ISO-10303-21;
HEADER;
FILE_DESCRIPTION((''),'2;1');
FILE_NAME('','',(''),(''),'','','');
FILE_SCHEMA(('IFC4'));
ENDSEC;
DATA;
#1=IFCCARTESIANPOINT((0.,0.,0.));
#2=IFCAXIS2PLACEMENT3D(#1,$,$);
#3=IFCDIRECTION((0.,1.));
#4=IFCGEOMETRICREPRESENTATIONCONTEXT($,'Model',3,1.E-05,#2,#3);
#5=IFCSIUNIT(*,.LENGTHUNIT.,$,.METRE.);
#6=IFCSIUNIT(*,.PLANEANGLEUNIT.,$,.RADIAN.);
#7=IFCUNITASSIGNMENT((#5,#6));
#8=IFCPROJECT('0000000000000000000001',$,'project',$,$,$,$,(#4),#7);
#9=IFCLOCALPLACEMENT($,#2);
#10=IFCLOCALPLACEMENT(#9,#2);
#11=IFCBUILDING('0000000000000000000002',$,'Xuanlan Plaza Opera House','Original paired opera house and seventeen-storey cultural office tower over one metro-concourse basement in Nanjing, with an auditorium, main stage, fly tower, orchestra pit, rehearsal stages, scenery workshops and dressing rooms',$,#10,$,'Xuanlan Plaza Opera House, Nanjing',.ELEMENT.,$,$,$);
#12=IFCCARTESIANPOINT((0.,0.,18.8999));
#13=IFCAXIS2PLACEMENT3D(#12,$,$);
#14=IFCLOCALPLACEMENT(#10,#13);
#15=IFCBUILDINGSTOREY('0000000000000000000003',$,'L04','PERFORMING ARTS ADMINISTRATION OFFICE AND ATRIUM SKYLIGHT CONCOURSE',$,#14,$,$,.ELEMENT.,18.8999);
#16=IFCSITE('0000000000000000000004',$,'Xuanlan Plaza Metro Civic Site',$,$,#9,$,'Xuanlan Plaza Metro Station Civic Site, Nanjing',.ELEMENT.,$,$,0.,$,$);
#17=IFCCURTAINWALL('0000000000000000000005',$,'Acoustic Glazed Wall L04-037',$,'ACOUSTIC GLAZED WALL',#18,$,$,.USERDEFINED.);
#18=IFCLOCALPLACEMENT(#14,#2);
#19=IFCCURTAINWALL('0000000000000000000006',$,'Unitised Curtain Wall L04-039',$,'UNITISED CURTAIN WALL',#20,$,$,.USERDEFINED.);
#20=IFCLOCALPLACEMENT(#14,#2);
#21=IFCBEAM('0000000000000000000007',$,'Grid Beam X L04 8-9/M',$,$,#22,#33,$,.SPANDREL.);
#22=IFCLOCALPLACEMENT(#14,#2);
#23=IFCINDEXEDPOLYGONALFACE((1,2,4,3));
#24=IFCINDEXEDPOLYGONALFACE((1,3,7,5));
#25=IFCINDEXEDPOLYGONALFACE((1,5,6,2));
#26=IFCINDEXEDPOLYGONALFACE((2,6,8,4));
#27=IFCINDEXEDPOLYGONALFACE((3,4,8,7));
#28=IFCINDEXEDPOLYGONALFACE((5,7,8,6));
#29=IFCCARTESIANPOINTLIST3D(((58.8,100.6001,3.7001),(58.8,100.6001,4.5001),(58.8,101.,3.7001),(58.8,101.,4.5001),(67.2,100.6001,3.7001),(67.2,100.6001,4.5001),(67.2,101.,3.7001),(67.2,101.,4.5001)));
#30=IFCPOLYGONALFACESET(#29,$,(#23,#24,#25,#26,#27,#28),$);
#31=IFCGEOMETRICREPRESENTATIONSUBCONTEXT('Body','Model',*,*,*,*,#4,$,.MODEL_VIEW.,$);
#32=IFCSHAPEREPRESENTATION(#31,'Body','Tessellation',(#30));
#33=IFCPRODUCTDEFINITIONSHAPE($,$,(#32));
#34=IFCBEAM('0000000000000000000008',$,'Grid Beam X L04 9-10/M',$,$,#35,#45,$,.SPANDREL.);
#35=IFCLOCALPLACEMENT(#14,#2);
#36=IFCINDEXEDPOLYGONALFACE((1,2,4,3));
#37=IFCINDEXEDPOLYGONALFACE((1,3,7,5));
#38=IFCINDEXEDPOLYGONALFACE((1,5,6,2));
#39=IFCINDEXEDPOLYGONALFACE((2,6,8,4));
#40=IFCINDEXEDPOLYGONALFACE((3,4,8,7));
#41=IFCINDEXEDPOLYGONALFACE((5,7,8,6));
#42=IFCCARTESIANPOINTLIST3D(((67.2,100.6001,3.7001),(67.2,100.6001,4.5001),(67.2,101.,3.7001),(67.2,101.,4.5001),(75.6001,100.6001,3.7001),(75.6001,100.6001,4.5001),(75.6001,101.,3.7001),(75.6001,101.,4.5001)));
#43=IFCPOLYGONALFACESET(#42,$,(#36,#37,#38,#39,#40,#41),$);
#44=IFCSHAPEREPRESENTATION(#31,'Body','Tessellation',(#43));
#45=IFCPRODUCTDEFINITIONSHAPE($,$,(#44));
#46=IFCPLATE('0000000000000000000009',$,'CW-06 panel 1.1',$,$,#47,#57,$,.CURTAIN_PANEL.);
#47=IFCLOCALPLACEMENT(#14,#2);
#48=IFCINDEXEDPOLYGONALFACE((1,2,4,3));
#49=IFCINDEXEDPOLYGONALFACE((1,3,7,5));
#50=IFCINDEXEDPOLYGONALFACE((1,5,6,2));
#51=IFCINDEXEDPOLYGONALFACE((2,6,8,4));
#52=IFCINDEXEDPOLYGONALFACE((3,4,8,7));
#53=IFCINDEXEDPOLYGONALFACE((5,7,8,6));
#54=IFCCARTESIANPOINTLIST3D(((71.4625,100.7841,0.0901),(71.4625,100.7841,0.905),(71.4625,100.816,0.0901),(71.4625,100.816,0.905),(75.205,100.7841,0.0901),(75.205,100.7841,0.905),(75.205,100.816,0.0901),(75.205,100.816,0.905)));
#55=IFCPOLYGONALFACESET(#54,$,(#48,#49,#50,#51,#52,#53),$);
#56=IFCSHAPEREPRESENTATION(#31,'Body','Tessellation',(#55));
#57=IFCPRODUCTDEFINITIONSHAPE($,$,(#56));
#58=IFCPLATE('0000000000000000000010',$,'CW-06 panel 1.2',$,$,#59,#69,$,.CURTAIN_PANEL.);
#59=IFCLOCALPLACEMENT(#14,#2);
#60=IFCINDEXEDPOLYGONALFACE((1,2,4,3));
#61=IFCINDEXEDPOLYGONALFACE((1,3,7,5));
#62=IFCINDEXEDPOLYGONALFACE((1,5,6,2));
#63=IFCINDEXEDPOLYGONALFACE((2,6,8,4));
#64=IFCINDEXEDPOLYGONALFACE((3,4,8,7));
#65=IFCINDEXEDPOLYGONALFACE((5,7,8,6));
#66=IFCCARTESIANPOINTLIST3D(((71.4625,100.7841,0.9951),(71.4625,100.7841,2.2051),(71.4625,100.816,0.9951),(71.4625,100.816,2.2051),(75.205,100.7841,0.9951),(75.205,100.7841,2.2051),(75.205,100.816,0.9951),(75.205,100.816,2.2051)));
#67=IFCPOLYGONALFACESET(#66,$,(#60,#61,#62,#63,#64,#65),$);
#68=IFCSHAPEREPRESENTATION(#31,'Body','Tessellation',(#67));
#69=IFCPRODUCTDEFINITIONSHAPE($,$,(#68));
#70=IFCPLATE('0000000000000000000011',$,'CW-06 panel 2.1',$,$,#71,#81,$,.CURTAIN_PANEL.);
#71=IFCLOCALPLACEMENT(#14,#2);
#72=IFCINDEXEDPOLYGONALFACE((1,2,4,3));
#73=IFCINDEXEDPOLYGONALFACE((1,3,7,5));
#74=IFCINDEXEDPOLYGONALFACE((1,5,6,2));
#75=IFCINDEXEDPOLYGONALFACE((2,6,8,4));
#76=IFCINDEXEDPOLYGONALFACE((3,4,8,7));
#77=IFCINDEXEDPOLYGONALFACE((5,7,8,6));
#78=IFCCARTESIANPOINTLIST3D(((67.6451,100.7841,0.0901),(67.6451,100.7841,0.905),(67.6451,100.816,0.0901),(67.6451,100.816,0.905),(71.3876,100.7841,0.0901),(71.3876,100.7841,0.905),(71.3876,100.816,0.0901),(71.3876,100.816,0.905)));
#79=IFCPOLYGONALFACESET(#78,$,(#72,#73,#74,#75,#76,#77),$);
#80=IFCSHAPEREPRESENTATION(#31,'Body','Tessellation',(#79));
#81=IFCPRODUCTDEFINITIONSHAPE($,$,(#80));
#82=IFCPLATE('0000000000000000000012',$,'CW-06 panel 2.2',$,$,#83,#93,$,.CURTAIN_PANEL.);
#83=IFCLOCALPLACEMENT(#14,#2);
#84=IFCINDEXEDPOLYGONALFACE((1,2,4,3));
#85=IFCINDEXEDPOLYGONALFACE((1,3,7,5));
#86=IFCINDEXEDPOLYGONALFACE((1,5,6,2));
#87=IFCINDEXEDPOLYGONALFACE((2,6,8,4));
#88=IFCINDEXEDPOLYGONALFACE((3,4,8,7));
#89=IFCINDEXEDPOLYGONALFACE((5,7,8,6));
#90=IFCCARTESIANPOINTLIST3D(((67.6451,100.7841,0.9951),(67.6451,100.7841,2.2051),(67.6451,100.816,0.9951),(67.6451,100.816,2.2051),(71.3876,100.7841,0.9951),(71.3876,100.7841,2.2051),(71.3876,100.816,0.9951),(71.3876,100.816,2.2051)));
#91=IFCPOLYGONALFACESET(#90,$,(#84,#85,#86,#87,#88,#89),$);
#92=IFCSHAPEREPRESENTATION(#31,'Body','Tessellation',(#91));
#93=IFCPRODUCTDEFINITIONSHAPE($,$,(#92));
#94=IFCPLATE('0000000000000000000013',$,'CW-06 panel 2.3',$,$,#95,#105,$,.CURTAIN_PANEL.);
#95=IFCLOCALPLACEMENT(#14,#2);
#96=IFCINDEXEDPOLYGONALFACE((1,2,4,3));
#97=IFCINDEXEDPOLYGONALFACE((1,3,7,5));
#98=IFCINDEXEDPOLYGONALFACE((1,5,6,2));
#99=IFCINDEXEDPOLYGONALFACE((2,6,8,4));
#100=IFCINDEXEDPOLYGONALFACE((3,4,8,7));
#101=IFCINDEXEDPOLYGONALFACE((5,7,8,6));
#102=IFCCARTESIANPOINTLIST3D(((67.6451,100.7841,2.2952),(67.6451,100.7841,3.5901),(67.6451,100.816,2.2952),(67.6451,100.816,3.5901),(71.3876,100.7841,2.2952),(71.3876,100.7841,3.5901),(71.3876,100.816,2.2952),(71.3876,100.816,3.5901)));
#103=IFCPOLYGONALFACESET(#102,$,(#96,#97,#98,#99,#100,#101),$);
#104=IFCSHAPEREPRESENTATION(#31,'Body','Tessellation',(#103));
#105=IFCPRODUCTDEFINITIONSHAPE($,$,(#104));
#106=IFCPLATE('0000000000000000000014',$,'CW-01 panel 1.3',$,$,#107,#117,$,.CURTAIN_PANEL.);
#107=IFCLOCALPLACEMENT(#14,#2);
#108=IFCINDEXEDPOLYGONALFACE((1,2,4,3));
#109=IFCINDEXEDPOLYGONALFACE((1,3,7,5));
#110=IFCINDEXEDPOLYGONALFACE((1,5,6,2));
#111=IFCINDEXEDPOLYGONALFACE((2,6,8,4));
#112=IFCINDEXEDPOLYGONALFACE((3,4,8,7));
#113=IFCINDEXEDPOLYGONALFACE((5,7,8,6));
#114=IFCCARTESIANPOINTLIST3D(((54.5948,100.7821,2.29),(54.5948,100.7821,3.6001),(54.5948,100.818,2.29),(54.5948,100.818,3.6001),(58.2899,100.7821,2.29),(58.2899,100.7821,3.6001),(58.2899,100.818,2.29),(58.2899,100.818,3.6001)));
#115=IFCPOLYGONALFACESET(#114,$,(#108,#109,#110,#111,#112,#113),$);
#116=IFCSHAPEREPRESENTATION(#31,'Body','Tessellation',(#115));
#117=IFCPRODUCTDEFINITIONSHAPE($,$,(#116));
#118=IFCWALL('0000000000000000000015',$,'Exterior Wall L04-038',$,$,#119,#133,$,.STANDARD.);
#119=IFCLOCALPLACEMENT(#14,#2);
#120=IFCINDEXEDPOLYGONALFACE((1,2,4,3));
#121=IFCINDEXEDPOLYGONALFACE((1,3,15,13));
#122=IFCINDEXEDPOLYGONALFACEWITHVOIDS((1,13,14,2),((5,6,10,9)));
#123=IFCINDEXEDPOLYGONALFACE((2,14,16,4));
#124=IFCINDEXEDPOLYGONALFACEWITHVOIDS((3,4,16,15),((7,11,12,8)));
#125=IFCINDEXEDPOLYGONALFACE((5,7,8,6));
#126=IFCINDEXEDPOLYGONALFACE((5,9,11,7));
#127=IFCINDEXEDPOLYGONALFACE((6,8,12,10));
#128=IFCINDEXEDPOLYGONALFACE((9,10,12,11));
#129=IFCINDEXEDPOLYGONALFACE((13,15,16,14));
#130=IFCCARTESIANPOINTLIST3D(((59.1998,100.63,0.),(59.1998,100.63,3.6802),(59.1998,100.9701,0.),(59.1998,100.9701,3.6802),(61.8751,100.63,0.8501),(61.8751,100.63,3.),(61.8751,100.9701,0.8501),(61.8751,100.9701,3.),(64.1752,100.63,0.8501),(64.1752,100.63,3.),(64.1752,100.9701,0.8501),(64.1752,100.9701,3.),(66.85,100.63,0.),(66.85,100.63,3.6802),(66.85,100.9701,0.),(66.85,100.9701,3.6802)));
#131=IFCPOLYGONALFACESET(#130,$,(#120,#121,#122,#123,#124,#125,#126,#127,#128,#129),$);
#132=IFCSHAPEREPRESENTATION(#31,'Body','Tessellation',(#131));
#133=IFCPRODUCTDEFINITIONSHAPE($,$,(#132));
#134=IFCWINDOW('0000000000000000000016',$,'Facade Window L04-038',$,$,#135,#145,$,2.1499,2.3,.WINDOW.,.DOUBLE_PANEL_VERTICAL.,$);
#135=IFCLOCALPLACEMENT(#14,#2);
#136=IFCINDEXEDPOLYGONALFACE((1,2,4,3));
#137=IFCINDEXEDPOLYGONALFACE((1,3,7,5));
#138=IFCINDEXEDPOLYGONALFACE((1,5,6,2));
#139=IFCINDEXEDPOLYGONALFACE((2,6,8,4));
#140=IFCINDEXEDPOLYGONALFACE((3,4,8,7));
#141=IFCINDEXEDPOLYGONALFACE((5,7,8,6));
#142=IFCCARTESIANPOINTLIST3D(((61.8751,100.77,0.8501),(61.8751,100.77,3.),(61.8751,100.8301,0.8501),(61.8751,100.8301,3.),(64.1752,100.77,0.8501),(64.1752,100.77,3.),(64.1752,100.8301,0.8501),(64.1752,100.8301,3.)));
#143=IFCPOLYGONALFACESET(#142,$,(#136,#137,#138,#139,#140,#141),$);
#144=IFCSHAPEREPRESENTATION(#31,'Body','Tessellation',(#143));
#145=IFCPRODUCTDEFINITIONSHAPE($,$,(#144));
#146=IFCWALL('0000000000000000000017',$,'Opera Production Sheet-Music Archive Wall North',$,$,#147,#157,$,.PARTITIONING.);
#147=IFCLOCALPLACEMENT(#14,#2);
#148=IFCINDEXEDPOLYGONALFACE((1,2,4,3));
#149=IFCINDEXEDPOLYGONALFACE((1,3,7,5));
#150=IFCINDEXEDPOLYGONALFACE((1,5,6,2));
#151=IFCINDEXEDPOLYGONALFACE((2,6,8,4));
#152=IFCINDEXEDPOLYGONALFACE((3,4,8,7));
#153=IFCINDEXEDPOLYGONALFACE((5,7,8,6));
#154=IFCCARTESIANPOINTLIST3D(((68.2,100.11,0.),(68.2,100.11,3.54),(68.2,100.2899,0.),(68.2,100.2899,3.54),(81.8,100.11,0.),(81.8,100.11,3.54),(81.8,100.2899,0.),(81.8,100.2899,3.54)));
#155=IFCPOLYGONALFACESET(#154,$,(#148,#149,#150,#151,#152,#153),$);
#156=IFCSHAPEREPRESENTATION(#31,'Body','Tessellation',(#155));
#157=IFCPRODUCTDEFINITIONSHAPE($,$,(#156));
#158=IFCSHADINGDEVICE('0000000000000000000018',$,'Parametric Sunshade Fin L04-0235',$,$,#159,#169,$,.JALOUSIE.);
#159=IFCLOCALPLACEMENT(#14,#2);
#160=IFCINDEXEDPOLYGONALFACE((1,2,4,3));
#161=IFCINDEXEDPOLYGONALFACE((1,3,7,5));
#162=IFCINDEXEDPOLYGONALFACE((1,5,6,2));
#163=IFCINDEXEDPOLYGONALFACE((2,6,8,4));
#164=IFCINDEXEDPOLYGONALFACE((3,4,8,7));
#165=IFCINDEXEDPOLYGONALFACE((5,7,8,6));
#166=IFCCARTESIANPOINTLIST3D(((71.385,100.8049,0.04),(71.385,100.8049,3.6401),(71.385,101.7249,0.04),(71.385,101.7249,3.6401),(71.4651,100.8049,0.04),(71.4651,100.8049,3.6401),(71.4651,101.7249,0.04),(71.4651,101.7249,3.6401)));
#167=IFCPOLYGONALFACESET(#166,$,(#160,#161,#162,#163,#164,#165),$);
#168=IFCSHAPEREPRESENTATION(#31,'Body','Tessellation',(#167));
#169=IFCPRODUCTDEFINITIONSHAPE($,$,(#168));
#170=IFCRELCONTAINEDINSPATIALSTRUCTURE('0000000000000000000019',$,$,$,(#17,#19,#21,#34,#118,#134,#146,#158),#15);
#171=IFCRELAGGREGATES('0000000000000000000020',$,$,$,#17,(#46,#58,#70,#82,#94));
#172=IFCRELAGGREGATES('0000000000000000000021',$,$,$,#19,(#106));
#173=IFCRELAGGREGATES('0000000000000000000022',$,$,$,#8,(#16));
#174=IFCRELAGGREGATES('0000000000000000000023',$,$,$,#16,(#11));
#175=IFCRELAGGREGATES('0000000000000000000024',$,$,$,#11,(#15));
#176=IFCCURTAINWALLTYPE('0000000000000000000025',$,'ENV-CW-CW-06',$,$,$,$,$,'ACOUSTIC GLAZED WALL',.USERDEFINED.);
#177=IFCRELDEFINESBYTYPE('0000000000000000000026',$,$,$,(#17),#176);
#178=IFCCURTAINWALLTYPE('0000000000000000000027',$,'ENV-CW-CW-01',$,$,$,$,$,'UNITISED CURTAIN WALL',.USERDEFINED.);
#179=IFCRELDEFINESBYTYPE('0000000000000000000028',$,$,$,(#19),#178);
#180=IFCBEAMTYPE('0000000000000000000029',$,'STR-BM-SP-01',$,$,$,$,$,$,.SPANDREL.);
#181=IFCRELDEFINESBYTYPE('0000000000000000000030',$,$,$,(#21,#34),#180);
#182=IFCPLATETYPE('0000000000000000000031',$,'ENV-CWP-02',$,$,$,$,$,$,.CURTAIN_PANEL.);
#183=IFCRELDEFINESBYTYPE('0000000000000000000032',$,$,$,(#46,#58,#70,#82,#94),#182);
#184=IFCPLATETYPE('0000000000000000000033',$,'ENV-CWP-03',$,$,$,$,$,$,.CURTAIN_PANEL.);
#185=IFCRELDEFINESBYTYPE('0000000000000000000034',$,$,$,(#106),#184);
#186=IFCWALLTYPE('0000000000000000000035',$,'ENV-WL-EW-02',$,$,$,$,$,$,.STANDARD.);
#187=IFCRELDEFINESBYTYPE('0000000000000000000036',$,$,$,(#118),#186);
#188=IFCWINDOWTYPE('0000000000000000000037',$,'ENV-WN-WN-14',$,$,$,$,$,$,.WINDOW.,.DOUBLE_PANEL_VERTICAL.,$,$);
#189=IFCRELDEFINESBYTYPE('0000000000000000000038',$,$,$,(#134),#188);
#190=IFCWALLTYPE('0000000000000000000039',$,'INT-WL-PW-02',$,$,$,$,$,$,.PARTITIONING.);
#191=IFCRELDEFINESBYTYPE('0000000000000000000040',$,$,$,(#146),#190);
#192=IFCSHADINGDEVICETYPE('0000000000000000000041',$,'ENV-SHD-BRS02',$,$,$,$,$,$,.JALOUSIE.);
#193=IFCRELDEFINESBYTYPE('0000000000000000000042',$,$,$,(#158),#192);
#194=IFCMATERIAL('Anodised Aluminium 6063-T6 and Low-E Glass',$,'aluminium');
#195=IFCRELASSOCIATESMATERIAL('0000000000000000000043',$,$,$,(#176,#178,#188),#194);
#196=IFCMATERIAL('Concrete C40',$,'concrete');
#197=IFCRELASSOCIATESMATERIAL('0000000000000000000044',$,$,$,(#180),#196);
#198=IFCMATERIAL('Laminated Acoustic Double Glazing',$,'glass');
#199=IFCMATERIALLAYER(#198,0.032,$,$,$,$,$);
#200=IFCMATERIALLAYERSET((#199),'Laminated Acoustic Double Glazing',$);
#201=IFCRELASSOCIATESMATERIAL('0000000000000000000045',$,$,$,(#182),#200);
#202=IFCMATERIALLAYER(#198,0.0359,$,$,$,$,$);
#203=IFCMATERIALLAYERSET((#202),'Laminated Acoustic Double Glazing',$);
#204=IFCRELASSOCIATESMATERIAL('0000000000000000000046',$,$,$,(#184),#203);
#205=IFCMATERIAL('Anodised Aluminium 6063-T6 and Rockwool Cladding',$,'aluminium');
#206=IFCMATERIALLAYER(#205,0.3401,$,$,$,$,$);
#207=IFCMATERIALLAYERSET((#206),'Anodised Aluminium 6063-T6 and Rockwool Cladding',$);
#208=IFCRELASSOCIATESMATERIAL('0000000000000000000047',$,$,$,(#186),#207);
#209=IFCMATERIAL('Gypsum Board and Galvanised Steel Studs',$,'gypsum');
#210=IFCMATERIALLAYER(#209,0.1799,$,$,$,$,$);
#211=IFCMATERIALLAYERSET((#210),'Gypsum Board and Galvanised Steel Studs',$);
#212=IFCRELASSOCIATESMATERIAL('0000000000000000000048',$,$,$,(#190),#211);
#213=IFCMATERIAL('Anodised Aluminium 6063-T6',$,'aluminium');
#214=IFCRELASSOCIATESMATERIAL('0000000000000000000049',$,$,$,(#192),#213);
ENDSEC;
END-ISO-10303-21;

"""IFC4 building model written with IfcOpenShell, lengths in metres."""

from ifc_helpers import new_model, si_unit, direction, frame, frame_2d, origin, origin_2d, place, context, subcontext, project, spatial, rectangle, extrude, material, layer, layer_set, material_profile, profile_set, type_object, element, fill, aggregate, save


model = new_model("IFC4")

# Units and contexts
model_context = context("Model", 3, precision=1e-05, world=origin(), true_north=direction((0.0, 1.0)))
body_context = subcontext(model_context, "Body", "Model", "MODEL_VIEW")
ifc_project = project(units=[si_unit("LENGTHUNIT", "METRE"), si_unit("PLANEANGLEUNIT", "RADIAN")], contexts=[model_context])

# Site, building, storey
site_placement = place(None, origin())
site = spatial("IfcSite", under=ifc_project, at=site_placement, Name="Xuanlan Plaza Metro Civic Site", LongName="Xuanlan Plaza Metro Station Civic Site, Nanjing", CompositionType="ELEMENT", RefElevation=0.0)
building_placement = place(site_placement, origin())
building = spatial("IfcBuilding", under=site, at=building_placement, Name="Xuanlan Plaza Opera House", Description="Original paired opera house and seventeen-storey cultural office tower over one metro-concourse basement in Nanjing, with an auditorium, main stage, fly tower, orchestra pit, rehearsal stages, scenery workshops and dressing rooms", LongName="Xuanlan Plaza Opera House, Nanjing", CompositionType="ELEMENT")
storey_placement = place(building_placement, frame((0.0, 0.0, 18.8999)))
storey = spatial("IfcBuildingStorey", under=building, at=storey_placement, Name="L04", Description="PERFORMING ARTS ADMINISTRATION OFFICE AND ATRIUM SKYLIGHT CONCOURSE", CompositionType="ELEMENT", Elevation=18.8999)

# Shared definitions
ifc_material_1 = material(Name="Concrete C40", Category="concrete")

# Curtain walls
ifc_material_2 = material(Name="Anodised Aluminium 6063-T6 and Low-E Glass", Category="aluminium")
curtain_wall_type_1 = type_object("IfcCurtainWallType", Name="ENV-CW-CW-06", ElementType="ACOUSTIC GLAZED WALL", PredefinedType="USERDEFINED", material=ifc_material_2)
curtain_wall_1_placement = place(storey_placement, origin())
curtain_wall_1 = element("IfcCurtainWall", 1, at=curtain_wall_1_placement, inside=storey, type_object=curtain_wall_type_1, Name="Acoustic Glazed Wall L04-037", ObjectType="ACOUSTIC GLAZED WALL", PredefinedType="USERDEFINED")
ifc_material_3 = material(Name="Anodised Aluminium 6063-T6", Category="aluminium")
curtain_wall_type_2 = type_object("IfcCurtainWallType", Name="ENV-CW-CW-01", ElementType="UNITISED CURTAIN WALL", PredefinedType="USERDEFINED", material=ifc_material_2)
curtain_wall_2_placement = place(storey_placement, origin())
curtain_wall_2 = element("IfcCurtainWall", 2, at=curtain_wall_2_placement, inside=storey, type_object=curtain_wall_type_2, Name="Unitised Curtain Wall L04-039", ObjectType="UNITISED CURTAIN WALL", PredefinedType="USERDEFINED")

# Beams
ifc_material_profile_1 = material_profile(ifc_material_1, rectangle(XDim=0.3999, YDim=0.8, at=origin_2d()), Name="RC-SPD 400x800")
ifc_profile_set_1 = profile_set([ifc_material_profile_1], Name="Concrete C40")
beam_type = type_object("IfcBeamType", Name="STR-BM-SP-01", PredefinedType="SPANDREL", material=ifc_profile_set_1)
beam_1_placement = place(storey_placement, frame((58.8, 100.8, 4.1001), z_axis=(1.0, 0.0, 0.0), x_axis=(0.0, 1.0, 0.0)))
element("IfcBeam", 3, at=beam_1_placement, inside=storey, type_object=beam_type, Name="Grid Beam X L04 8-9/M", PredefinedType="SPANDREL", context=body_context, shape_type="SweptSolid", body=[
    extrude(rectangle(XDim=0.3999, YDim=0.8, at=origin_2d()), origin(), (0.0, 0.0, 1.0), 8.3999),
])
beam_2_placement = place(storey_placement, frame((67.2, 100.8, 4.1001), z_axis=(1.0, 0.0, 0.0), x_axis=(0.0, 1.0, 0.0)))
element("IfcBeam", 4, at=beam_2_placement, inside=storey, type_object=beam_type, Name="Grid Beam X L04 9-10/M", PredefinedType="SPANDREL", context=body_context, shape_type="SweptSolid", body=[
    extrude(rectangle(XDim=0.3999, YDim=0.8, at=origin_2d()), origin(), (0.0, 0.0, 1.0), 8.4001),
])

# Plates
ifc_material_4 = material(Name="Laminated Acoustic Double Glazing", Category="glass")
ifc_layer_1 = layer(ifc_material_4, 0.032)
ifc_layer_set_1 = layer_set([ifc_layer_1], Name="Laminated Acoustic Double Glazing")
plate_type_1 = type_object("IfcPlateType", Name="ENV-CWP-02", PredefinedType="CURTAIN_PANEL", material=ifc_layer_set_1)
plate_1_placement = place(storey_placement, frame((73.3337, 100.8, 0.0901), z_axis=(0.0, 0.0, 1.0), x_axis=(-1.0, 0.0, 0.0)))
plate_1 = element("IfcPlate", 5, at=plate_1_placement, type_object=plate_type_1, Name="CW-06 panel 1.1", PredefinedType="CURTAIN_PANEL", context=body_context, shape_type="SweptSolid", body=[
    extrude(rectangle(XDim=3.7424, YDim=0.032, at=origin_2d()), origin(), (0.0, 0.0, 1.0), 0.8149),
])
plate_2_placement = place(storey_placement, frame((73.3337, 100.8, 0.9951), z_axis=(0.0, 0.0, 1.0), x_axis=(-1.0, 0.0, 0.0)))
plate_2 = element("IfcPlate", 6, at=plate_2_placement, type_object=plate_type_1, Name="CW-06 panel 1.2", PredefinedType="CURTAIN_PANEL", context=body_context, shape_type="SweptSolid", body=[
    extrude(rectangle(XDim=3.7424, YDim=0.032, at=origin_2d()), origin(), (0.0, 0.0, 1.0), 1.21),
])
plate_3_placement = place(storey_placement, frame((69.5164, 100.8, 0.0901), z_axis=(0.0, 0.0, 1.0), x_axis=(-1.0, 0.0, 0.0)))
plate_3 = element("IfcPlate", 7, at=plate_3_placement, type_object=plate_type_1, Name="CW-06 panel 2.1", PredefinedType="CURTAIN_PANEL", context=body_context, shape_type="SweptSolid", body=[
    extrude(rectangle(XDim=3.7424, YDim=0.032, at=origin_2d()), origin(), (0.0, 0.0, 1.0), 0.8149),
])
plate_4_placement = place(storey_placement, frame((69.5164, 100.8, 0.9951), z_axis=(0.0, 0.0, 1.0), x_axis=(-1.0, 0.0, 0.0)))
plate_4 = element("IfcPlate", 8, at=plate_4_placement, type_object=plate_type_1, Name="CW-06 panel 2.2", PredefinedType="CURTAIN_PANEL", context=body_context, shape_type="SweptSolid", body=[
    extrude(rectangle(XDim=3.7424, YDim=0.032, at=origin_2d()), origin(), (0.0, 0.0, 1.0), 1.21),
])
plate_5_placement = place(storey_placement, frame((69.5164, 100.8, 2.2952), z_axis=(0.0, 0.0, 1.0), x_axis=(-1.0, 0.0, 0.0)))
plate_5 = element("IfcPlate", 9, at=plate_5_placement, type_object=plate_type_1, Name="CW-06 panel 2.3", PredefinedType="CURTAIN_PANEL", context=body_context, shape_type="SweptSolid", body=[
    extrude(rectangle(XDim=3.7424, YDim=0.032, at=origin_2d()), origin(), (0.0, 0.0, 1.0), 1.2949),
])
aggregate(curtain_wall_1, [plate_1, plate_2, plate_3, plate_4, plate_5])
ifc_layer_2 = layer(ifc_material_4, 0.0359)
ifc_layer_set_2 = layer_set([ifc_layer_2], Name="Laminated Acoustic Double Glazing")
plate_type_2 = type_object("IfcPlateType", Name="ENV-CWP-03", PredefinedType="CURTAIN_PANEL", material=ifc_layer_set_2)
plate_6_placement = place(storey_placement, frame((56.4424, 100.8, 2.29), z_axis=(0.0, 0.0, 1.0), x_axis=(-1.0, 0.0, 0.0)))
plate_6 = element("IfcPlate", 10, at=plate_6_placement, type_object=plate_type_2, Name="CW-01 panel 1.3", PredefinedType="CURTAIN_PANEL", context=body_context, shape_type="SweptSolid", body=[
    extrude(rectangle(XDim=3.6951, YDim=0.0359, at=origin_2d()), origin(), (0.0, 0.0, 1.0), 1.3101),
])
aggregate(curtain_wall_2, [plate_6])

# Wall, opening, window
ifc_material_5 = material(Name="Anodised Aluminium 6063-T6 and Rockwool Cladding", Category="aluminium")
ifc_layer_3 = layer(ifc_material_5, 0.3401)
ifc_layer_set_3 = layer_set([ifc_layer_3], Name="Anodised Aluminium 6063-T6 and Rockwool Cladding")
wall_type_1 = type_object("IfcWallType", Name="ENV-WL-EW-02", PredefinedType="STANDARD", material=ifc_layer_set_3)
wall_1_placement = place(storey_placement, frame((66.8501, 100.8, 0.0), z_axis=(0.0, 0.0, 1.0), x_axis=(-1.0, 0.0, 0.0)))
wall_1 = element("IfcWall", 11, at=wall_1_placement, inside=storey, type_object=wall_type_1, Name="Exterior Wall L04-038", PredefinedType="STANDARD", context=body_context, shape_type="SweptSolid", body=[
    extrude(rectangle(XDim=7.6501, YDim=0.3401, at=frame_2d((3.8252, 0.0))), origin(), (0.0, 0.0, 1.0), 3.6802),
])
opening_placement = place(wall_1_placement, frame((2.675, 0.0, 0.8501)))
opening = element("IfcOpeningElement", 12, at=opening_placement, cuts=wall_1, PredefinedType="OPENING", context=body_context, shape_type="SweptSolid", body=[
    extrude(rectangle(XDim=2.3, YDim=2.1499, at=frame_2d((1.1499, 1.075))), frame((0.0, 0.1799, 0.0), z_axis=(0.0, -1.0, 0.0), x_axis=(1.0, 0.0, 0.0)), (0.0, 0.0, 1.0), 0.3601),
])
window_type = type_object("IfcWindowType", Name="ENV-WN-WN-14", PartitioningType="DOUBLE_PANEL_VERTICAL", PredefinedType="WINDOW", material=ifc_material_2)
window_placement = place(opening_placement, origin())
window = element("IfcWindow", 13, at=window_placement, inside=storey, type_object=window_type, Name="Facade Window L04-038", OverallHeight=2.1499, OverallWidth=2.3, PartitioningType="DOUBLE_PANEL_VERTICAL", PredefinedType="WINDOW", context=body_context, shape_type="SweptSolid", body=[
    extrude(rectangle(XDim=2.3, YDim=2.1499, at=frame_2d((1.1499, 1.075))), frame((0.0, 0.03, 0.0), z_axis=(0.0, -1.0, 0.0), x_axis=(1.0, 0.0, 0.0)), (0.0, 0.0, 1.0), 0.0601),
])
fill(opening, window)

# Wall
ifc_material_6 = material(Name="Gypsum Board and Galvanised Steel Studs", Category="gypsum")
ifc_layer_4 = layer(ifc_material_6, 0.1799)
ifc_layer_set_4 = layer_set([ifc_layer_4], Name="Gypsum Board and Galvanised Steel Studs")
wall_type_2 = type_object("IfcWallType", Name="INT-WL-PW-02", PredefinedType="PARTITIONING", material=ifc_layer_set_4)
wall_2_placement = place(storey_placement, frame((68.2, 100.2, 0.0), z_axis=(0.0, 0.0, 1.0), x_axis=(1.0, 0.0, 0.0)))
element("IfcWall", 14, at=wall_2_placement, inside=storey, type_object=wall_type_2, Name="Opera Production Sheet-Music Archive Wall North", PredefinedType="PARTITIONING", context=body_context, shape_type="SweptSolid", body=[
    extrude(rectangle(XDim=13.6001, YDim=0.1799, at=frame_2d((6.8, 0.0))), origin(), (0.0, 0.0, 1.0), 3.54),
])

# Shading device
shading_device_type = type_object("IfcShadingDeviceType", Name="ENV-SHD-BRS02", PredefinedType="JALOUSIE", material=ifc_material_3)
shading_device_placement = place(storey_placement, frame((71.425, 101.2649, 0.04), z_axis=(0.0, 0.0, 1.0), x_axis=(0.0, 1.0, 0.0)))
element("IfcShadingDevice", 15, at=shading_device_placement, inside=storey, type_object=shading_device_type, Name="Parametric Sunshade Fin L04-0235", PredefinedType="JALOUSIE", context=body_context, shape_type="SweptSolid", body=[
    extrude(rectangle(XDim=0.9199, YDim=0.0801, at=origin_2d()), origin(), (0.0, 0.0, 1.0), 3.6001),
])

save(model, "model.ifc")
